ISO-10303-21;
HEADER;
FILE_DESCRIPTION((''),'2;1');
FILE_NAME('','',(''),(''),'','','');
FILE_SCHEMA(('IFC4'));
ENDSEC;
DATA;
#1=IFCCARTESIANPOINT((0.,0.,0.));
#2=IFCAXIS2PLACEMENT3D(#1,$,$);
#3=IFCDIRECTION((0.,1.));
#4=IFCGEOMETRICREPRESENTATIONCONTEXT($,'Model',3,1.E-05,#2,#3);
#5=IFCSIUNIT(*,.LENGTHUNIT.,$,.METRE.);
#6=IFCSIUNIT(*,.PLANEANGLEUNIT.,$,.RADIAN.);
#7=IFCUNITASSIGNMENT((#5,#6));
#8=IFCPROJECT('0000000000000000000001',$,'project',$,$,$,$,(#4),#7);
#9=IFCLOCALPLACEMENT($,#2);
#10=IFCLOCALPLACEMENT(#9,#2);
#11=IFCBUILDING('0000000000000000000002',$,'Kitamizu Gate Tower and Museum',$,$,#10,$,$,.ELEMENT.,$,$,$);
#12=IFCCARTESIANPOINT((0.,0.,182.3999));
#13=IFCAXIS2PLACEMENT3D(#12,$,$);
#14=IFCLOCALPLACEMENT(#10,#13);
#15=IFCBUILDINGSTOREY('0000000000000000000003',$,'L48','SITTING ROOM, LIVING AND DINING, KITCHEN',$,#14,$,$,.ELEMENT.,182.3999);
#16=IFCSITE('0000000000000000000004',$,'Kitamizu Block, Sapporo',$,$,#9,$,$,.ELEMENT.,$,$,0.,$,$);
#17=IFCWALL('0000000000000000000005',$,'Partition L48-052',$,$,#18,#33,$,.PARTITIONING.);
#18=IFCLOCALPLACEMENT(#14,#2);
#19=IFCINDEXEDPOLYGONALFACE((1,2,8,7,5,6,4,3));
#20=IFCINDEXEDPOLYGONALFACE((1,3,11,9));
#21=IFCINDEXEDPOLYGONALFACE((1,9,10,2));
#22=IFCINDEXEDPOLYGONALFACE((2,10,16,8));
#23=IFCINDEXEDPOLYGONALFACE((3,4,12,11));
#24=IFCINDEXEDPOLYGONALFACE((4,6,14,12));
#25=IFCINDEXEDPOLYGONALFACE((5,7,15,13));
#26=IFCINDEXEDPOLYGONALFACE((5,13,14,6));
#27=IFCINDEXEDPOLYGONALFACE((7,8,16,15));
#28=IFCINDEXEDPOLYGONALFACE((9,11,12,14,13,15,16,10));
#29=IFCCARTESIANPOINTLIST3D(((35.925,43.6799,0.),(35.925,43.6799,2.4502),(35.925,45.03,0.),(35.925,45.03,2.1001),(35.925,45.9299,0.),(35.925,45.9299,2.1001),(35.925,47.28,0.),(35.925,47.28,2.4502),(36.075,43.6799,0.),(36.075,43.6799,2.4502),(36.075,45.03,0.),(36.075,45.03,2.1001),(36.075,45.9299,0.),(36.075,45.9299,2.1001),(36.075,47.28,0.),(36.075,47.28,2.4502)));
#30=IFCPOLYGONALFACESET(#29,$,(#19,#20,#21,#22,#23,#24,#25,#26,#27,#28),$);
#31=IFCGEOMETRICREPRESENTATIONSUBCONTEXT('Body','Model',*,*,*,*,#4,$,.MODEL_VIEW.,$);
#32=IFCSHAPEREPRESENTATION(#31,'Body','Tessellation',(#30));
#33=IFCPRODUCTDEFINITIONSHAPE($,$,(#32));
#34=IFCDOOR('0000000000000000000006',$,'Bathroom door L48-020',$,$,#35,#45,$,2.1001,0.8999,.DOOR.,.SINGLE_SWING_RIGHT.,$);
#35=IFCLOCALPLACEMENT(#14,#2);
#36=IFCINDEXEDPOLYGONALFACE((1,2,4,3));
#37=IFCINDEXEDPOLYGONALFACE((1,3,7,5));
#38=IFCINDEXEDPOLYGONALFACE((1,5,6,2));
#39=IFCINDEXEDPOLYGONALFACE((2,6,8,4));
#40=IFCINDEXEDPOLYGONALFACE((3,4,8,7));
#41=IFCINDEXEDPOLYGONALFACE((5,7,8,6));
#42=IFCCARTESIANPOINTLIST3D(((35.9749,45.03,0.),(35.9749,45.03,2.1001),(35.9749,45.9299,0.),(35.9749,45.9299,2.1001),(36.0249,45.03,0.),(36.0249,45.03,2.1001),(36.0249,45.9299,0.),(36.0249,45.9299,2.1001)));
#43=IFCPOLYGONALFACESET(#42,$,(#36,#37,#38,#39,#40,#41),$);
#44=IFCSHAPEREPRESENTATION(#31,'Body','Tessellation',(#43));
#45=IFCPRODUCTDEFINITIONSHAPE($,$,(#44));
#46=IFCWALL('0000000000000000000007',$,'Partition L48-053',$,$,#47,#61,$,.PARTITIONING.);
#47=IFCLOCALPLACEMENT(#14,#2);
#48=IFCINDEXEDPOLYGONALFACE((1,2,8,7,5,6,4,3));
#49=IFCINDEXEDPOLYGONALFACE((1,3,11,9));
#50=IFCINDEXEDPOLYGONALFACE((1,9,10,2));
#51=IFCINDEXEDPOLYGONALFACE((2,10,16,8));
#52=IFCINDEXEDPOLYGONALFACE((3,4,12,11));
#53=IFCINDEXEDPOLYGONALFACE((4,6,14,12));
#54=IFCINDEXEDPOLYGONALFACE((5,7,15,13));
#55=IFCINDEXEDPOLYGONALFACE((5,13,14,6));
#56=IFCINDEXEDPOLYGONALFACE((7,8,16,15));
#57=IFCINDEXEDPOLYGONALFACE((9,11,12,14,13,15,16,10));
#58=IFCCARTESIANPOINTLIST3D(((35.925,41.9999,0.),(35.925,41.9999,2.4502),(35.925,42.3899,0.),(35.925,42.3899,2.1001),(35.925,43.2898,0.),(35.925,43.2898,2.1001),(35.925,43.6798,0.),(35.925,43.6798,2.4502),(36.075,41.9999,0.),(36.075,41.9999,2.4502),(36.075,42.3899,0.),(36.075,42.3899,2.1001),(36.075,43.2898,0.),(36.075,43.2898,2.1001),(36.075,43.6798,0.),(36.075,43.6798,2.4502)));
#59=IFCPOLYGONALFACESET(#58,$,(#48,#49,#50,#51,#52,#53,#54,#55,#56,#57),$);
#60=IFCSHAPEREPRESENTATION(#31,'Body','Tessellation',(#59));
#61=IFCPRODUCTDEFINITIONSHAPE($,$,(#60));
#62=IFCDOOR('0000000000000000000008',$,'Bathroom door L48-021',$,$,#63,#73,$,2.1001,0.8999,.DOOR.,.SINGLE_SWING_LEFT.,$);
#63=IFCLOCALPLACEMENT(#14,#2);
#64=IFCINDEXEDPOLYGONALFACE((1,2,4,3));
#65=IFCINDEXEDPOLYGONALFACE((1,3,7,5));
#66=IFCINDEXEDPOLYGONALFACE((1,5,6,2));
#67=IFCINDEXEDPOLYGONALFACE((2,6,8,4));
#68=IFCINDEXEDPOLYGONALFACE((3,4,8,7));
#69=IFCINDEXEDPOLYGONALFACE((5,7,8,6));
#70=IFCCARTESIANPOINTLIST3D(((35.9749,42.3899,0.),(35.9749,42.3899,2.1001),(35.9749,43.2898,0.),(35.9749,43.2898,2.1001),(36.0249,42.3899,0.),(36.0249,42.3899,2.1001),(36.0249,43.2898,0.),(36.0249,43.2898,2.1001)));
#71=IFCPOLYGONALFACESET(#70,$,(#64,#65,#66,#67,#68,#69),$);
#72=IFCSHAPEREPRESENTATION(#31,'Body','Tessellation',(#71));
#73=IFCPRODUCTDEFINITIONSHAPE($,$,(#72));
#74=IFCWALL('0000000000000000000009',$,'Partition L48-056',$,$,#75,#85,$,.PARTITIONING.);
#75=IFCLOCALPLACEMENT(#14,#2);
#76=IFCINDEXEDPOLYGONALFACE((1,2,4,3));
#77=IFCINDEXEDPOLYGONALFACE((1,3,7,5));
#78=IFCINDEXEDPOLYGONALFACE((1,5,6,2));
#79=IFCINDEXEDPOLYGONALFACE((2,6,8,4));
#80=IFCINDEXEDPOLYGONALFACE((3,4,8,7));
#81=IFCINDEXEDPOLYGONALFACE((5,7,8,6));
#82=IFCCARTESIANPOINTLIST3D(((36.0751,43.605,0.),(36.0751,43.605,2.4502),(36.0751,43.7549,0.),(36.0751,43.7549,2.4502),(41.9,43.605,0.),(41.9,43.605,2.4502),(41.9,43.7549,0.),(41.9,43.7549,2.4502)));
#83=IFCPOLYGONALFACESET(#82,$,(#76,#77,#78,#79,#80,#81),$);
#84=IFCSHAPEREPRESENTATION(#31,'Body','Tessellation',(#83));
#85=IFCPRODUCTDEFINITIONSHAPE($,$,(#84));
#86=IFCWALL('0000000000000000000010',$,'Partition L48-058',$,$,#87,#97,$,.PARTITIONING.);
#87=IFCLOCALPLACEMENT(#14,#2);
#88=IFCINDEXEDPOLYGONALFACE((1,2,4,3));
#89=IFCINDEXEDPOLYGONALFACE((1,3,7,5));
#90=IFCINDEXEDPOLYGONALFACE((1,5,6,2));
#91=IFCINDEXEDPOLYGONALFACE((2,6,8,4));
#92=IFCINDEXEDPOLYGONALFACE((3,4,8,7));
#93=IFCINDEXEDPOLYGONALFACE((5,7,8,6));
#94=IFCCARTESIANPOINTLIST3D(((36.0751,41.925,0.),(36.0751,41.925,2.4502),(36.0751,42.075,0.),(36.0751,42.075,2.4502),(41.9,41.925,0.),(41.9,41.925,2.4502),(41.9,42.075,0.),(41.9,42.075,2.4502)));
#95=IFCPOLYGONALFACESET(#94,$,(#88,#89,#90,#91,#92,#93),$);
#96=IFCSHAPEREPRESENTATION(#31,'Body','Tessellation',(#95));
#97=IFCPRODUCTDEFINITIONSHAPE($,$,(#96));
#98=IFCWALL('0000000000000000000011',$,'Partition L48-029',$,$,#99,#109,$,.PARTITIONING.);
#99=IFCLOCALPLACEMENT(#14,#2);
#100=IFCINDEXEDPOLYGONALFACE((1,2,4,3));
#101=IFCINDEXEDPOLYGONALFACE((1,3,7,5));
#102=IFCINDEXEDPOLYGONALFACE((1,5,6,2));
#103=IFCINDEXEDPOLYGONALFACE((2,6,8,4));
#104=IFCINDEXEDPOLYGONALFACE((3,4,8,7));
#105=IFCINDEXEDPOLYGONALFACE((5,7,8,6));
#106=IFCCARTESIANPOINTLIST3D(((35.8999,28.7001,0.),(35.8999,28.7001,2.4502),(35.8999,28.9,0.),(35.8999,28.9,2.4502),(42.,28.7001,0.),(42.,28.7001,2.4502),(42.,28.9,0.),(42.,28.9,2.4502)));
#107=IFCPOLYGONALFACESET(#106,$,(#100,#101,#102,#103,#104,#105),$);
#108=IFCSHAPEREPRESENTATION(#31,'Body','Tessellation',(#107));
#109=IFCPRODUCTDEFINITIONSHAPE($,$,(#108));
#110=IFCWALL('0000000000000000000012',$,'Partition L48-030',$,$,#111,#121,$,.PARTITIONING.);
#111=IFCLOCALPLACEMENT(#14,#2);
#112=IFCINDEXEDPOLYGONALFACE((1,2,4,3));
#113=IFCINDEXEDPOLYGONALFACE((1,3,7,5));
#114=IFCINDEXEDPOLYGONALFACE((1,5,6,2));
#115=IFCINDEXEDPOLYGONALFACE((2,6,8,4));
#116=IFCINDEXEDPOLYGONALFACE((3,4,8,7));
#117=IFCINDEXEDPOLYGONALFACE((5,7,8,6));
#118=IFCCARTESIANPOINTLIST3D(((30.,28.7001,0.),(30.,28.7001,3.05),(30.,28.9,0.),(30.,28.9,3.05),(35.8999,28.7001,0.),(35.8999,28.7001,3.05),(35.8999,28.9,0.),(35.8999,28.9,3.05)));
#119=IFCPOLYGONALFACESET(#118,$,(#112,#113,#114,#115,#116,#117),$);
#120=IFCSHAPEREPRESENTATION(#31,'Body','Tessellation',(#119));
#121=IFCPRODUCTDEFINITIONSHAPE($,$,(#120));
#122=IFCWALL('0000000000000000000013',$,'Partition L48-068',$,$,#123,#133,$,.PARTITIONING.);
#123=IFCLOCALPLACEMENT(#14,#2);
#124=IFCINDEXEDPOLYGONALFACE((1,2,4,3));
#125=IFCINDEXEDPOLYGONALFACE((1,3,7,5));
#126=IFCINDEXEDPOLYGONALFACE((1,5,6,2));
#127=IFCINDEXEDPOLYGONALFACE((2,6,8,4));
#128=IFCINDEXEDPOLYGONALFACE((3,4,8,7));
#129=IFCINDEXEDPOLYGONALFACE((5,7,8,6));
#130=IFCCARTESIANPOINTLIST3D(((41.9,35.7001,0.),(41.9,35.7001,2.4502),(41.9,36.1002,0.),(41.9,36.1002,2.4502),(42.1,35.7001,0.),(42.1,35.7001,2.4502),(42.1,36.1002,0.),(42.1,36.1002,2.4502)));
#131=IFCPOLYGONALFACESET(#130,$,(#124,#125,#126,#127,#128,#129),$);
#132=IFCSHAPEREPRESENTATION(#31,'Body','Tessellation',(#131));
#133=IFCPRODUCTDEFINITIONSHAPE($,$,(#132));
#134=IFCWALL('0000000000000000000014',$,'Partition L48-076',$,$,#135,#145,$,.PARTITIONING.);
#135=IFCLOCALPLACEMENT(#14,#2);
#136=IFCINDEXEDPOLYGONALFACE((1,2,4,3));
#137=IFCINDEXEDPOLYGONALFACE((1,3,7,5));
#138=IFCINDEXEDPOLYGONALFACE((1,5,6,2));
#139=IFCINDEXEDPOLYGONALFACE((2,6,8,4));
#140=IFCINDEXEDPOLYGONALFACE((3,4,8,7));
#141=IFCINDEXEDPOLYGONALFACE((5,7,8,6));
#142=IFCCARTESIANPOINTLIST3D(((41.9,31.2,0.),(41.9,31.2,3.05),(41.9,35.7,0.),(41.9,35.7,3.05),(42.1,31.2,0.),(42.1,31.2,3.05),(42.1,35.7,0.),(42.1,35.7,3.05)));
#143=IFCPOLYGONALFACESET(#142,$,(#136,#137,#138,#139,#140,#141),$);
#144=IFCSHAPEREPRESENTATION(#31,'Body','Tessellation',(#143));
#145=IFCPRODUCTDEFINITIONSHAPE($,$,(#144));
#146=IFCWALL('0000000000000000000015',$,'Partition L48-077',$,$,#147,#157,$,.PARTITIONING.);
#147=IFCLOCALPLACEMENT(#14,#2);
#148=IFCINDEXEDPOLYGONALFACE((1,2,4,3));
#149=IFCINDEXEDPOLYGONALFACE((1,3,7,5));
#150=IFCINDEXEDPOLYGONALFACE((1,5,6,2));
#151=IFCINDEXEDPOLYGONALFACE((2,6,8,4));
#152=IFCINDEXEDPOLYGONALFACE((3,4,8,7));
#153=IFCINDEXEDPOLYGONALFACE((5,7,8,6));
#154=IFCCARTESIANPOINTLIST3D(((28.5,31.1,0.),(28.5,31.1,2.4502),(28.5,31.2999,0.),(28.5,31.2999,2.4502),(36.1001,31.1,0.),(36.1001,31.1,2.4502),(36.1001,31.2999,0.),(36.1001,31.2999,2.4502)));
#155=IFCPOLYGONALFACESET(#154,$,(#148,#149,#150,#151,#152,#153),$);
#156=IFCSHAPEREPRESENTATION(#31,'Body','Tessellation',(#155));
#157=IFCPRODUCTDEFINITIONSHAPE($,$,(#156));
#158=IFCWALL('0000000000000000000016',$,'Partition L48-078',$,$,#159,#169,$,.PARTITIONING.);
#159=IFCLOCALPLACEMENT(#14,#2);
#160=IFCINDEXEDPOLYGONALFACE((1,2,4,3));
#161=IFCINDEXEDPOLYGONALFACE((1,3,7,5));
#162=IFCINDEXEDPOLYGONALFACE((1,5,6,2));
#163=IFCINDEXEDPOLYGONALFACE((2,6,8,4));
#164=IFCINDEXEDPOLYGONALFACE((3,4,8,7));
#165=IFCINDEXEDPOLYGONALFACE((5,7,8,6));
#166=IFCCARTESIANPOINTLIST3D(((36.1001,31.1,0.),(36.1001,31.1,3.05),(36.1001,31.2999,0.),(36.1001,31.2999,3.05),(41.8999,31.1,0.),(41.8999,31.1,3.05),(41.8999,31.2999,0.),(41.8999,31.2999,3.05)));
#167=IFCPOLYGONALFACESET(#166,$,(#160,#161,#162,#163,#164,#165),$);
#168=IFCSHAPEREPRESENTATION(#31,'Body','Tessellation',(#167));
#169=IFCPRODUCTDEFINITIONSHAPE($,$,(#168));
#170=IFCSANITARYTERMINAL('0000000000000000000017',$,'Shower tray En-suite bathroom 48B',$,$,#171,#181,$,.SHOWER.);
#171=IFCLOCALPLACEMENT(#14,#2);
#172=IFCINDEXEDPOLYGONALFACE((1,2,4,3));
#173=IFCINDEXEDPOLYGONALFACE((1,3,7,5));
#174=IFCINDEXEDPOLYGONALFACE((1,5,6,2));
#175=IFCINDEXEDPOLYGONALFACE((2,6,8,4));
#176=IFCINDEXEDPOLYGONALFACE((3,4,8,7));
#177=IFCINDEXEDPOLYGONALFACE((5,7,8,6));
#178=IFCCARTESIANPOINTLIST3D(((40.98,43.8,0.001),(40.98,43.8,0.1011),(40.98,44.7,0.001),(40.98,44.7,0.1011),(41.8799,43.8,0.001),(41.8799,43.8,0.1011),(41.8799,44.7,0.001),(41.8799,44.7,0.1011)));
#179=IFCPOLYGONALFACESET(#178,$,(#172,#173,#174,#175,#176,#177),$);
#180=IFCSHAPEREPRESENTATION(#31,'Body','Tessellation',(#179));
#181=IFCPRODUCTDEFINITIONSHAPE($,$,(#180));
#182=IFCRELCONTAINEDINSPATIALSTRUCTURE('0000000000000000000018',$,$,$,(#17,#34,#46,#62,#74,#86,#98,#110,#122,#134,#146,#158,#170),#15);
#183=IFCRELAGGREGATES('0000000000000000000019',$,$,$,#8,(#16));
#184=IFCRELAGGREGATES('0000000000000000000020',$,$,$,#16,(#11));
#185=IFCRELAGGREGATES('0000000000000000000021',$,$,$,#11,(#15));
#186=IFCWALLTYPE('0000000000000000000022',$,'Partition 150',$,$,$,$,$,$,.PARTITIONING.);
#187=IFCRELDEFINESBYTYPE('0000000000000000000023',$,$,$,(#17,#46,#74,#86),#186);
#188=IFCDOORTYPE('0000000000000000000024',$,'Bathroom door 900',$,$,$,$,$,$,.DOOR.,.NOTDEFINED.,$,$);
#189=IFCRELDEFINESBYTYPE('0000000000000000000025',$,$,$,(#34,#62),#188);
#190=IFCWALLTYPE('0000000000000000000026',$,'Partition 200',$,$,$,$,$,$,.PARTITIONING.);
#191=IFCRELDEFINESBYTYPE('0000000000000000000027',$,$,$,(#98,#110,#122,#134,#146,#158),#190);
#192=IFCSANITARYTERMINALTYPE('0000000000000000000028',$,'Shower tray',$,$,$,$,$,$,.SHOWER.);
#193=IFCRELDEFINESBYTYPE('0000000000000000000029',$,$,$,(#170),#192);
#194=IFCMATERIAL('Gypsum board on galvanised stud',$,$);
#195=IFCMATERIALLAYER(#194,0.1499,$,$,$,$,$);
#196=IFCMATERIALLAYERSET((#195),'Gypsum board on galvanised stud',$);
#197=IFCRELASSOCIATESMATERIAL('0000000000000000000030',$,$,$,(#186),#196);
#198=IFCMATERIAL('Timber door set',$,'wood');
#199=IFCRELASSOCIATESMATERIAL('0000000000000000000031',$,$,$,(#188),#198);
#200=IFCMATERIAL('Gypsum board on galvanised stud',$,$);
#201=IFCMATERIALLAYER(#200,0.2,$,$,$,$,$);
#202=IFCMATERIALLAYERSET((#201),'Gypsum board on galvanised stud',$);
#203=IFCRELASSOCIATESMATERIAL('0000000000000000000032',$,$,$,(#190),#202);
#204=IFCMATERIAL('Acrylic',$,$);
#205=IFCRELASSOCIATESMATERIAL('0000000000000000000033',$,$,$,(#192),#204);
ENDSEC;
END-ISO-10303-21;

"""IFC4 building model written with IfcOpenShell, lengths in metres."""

from ifc_helpers import new_model, si_unit, direction, frame, frame_2d, origin, origin_2d, place, context, subcontext, project, spatial, rectangle, extrude, material, layer, layer_set, type_object, element, fill, save


model = new_model("IFC4")

# Units and contexts
model_context = context("Model", 3, precision=1e-05, world=origin(), true_north=direction((0.0, 1.0)))
body_context = subcontext(model_context, "Body", "Model", "MODEL_VIEW")
ifc_project = project(units=[si_unit("LENGTHUNIT", "METRE"), si_unit("PLANEANGLEUNIT", "RADIAN")], contexts=[model_context])

# Site, building, storey
site_placement = place(None, origin())
site = spatial("IfcSite", under=ifc_project, at=site_placement, Name="Kitamizu Block, Sapporo", CompositionType="ELEMENT", RefElevation=0.0)
building_placement = place(site_placement, origin())
building = spatial("IfcBuilding", under=site, at=building_placement, Name="Kitamizu Gate Tower and Museum", CompositionType="ELEMENT")
storey_placement = place(building_placement, frame((0.0, 0.0, 182.3999)))
storey = spatial("IfcBuildingStorey", under=building, at=storey_placement, Name="L48", Description="SITTING ROOM, LIVING AND DINING, KITCHEN", CompositionType="ELEMENT", Elevation=182.3999)

# Walls, openings, doors
ifc_material_1 = material(Name="Gypsum board on galvanised stud")
ifc_layer_1 = layer(ifc_material_1, 0.1499)
ifc_layer_set_1 = layer_set([ifc_layer_1], Name="Gypsum board on galvanised stud")
wall_type_1 = type_object("IfcWallType", Name="Partition 150", PredefinedType="PARTITIONING", material=ifc_layer_set_1)
wall_1_placement = place(storey_placement, frame((36.0, 43.6799, 0.0), z_axis=(0.0, 0.0, 1.0), x_axis=(0.0, 1.0, 0.0)))
wall_1 = element("IfcWall", 1, at=wall_1_placement, inside=storey, type_object=wall_type_1, Name="Partition L48-052", PredefinedType="PARTITIONING", context=body_context, shape_type="SweptSolid", body=[
    extrude(rectangle(XDim=3.6001, YDim=0.1499, at=frame_2d((1.8, 0.0))), origin(), (0.0, 0.0, 1.0), 2.4502),
])
opening_1_placement = place(wall_1_placement, frame((1.3501, 0.0, 0.0)))
opening_1 = element("IfcOpeningElement", 2, at=opening_1_placement, cuts=wall_1, PredefinedType="OPENING", context=body_context, shape_type="SweptSolid", body=[
    extrude(rectangle(XDim=0.8999, YDim=2.1001, at=frame_2d((0.45, 1.05))), frame((0.0, 0.085, 0.0), z_axis=(0.0, -1.0, 0.0), x_axis=(1.0, 0.0, 0.0)), (0.0, 0.0, 1.0), 0.1699),
])
ifc_material_2 = material(Name="Timber door set", Category="wood")
door_type_1 = type_object("IfcDoorType", Name="Bathroom door 900", OperationType="NOTDEFINED", PredefinedType="DOOR", material=ifc_material_2)
door_1_placement = place(opening_1_placement, frame((0.8999, 0.0, 0.0), x_axis=(-1.0, 0.0, 0.0)))
door_1 = element("IfcDoor", 3, at=door_1_placement, inside=storey, type_object=door_type_1, Name="Bathroom door L48-020", OperationType="SINGLE_SWING_RIGHT", OverallHeight=2.1001, OverallWidth=0.8999, PredefinedType="DOOR", context=body_context, shape_type="SweptSolid", body=[
    extrude(rectangle(XDim=0.8999, YDim=2.1001, at=frame_2d((0.45, 1.05))), frame((0.0, 0.0249, 0.0), z_axis=(0.0, -1.0, 0.0), x_axis=(1.0, 0.0, 0.0)), (0.0, 0.0, 1.0), 0.05),
])
fill(opening_1, door_1)
wall_2_placement = place(storey_placement, frame((36.0, 42.0, 0.0), z_axis=(0.0, 0.0, 1.0), x_axis=(0.0, 1.0, 0.0)))
wall_2 = element("IfcWall", 4, at=wall_2_placement, inside=storey, type_object=wall_type_1, Name="Partition L48-053", PredefinedType="PARTITIONING", context=body_context, shape_type="SweptSolid", body=[
    extrude(rectangle(XDim=1.6799, YDim=0.1499, at=frame_2d((0.8398, 0.0))), origin(), (0.0, 0.0, 1.0), 2.4502),
])
opening_2_placement = place(wall_2_placement, frame((0.3899, 0.0, 0.0)))
opening_2 = element("IfcOpeningElement", 5, at=opening_2_placement, cuts=wall_2, PredefinedType="OPENING", context=body_context, shape_type="SweptSolid", body=[
    extrude(rectangle(XDim=0.8999, YDim=2.1001, at=frame_2d((0.45, 1.05))), frame((0.0, 0.085, 0.0), z_axis=(0.0, -1.0, 0.0), x_axis=(1.0, 0.0, 0.0)), (0.0, 0.0, 1.0), 0.1699),
])
door_2_placement = place(opening_2_placement, frame((0.8999, 0.0, 0.0), x_axis=(-1.0, 0.0, 0.0)))
door_2 = element("IfcDoor", 6, at=door_2_placement, inside=storey, type_object=door_type_1, Name="Bathroom door L48-021", OperationType="SINGLE_SWING_LEFT", OverallHeight=2.1001, OverallWidth=0.8999, PredefinedType="DOOR", context=body_context, shape_type="SweptSolid", body=[
    extrude(rectangle(XDim=0.8999, YDim=2.1001, at=frame_2d((0.45, 1.05))), frame((0.0, 0.0249, 0.0), z_axis=(0.0, -1.0, 0.0), x_axis=(1.0, 0.0, 0.0)), (0.0, 0.0, 1.0), 0.05),
])
fill(opening_2, door_2)

# Walls
for number, where, z_axis, x_axis, name in (
    (7, (36.075, 43.6799, 0.0), (0.0, 0.0, 1.0), (1.0, 0.0, 0.0), "Partition L48-056"),
    (8, (36.075, 42.0, 0.0), (0.0, 0.0, 1.0), (1.0, 0.0, 0.0), "Partition L48-058"),
):
    element("IfcWall", number, at=place(storey_placement, frame(where, z_axis=z_axis, x_axis=x_axis)), inside=storey, type_object=wall_type_1, Name=name, PredefinedType="PARTITIONING", context=body_context, shape_type="SweptSolid", body=[
        extrude(rectangle(XDim=5.825, YDim=0.1499, at=frame_2d((2.9126, 0.0))), origin(), (0.0, 0.0, 1.0), 2.4502),
    ])
ifc_material_3 = material(Name="Gypsum board on galvanised stud")
ifc_layer_2 = layer(ifc_material_3, 0.2)
ifc_layer_set_2 = layer_set([ifc_layer_2], Name="Gypsum board on galvanised stud")
wall_type_2 = type_object("IfcWallType", Name="Partition 200", PredefinedType="PARTITIONING", material=ifc_layer_set_2)
wall_3_placement = place(storey_placement, frame((42.0, 28.8, 0.0), z_axis=(0.0, 0.0, 1.0), x_axis=(-1.0, 0.0, 0.0)))
element("IfcWall", 9, at=wall_3_placement, inside=storey, type_object=wall_type_2, Name="Partition L48-029", PredefinedType="PARTITIONING", context=body_context, shape_type="SweptSolid", body=[
    extrude(rectangle(XDim=6.1001, YDim=0.2, at=frame_2d((3.05, 0.0))), origin(), (0.0, 0.0, 1.0), 2.4502),
])
wall_4_placement = place(storey_placement, frame((35.8999, 28.8, 0.0), z_axis=(0.0, 0.0, 1.0), x_axis=(-1.0, 0.0, 0.0)))
element("IfcWall", 10, at=wall_4_placement, inside=storey, type_object=wall_type_2, Name="Partition L48-030", PredefinedType="PARTITIONING", context=body_context, shape_type="SweptSolid", body=[
    extrude(rectangle(XDim=5.8999, YDim=0.2, at=frame_2d((2.95, 0.0))), origin(), (0.0, 0.0, 1.0), 3.05),
])
wall_5_placement = place(storey_placement, frame((42.0, 35.7, 0.0), z_axis=(0.0, 0.0, 1.0), x_axis=(0.0, 1.0, 0.0)))
element("IfcWall", 11, at=wall_5_placement, inside=storey, type_object=wall_type_2, Name="Partition L48-068", PredefinedType="PARTITIONING", context=body_context, shape_type="SweptSolid", body=[
    extrude(rectangle(XDim=0.4001, YDim=0.2, at=frame_2d((0.2002, 0.0))), origin(), (0.0, 0.0, 1.0), 2.4502),
])
wall_6_placement = place(storey_placement, frame((42.0, 31.2, 0.0), z_axis=(0.0, 0.0, 1.0), x_axis=(0.0, 1.0, 0.0)))
element("IfcWall", 12, at=wall_6_placement, inside=storey, type_object=wall_type_2, Name="Partition L48-076", PredefinedType="PARTITIONING", context=body_context, shape_type="SweptSolid", body=[
    extrude(rectangle(XDim=4.5, YDim=0.2, at=frame_2d((2.25, 0.0))), origin(), (0.0, 0.0, 1.0), 3.05),
])
wall_7_placement = place(storey_placement, frame((28.5, 31.2, 0.0), z_axis=(0.0, 0.0, 1.0), x_axis=(1.0, 0.0, 0.0)))
element("IfcWall", 13, at=wall_7_placement, inside=storey, type_object=wall_type_2, Name="Partition L48-077", PredefinedType="PARTITIONING", context=body_context, shape_type="SweptSolid", body=[
    extrude(rectangle(XDim=7.6001, YDim=0.2, at=frame_2d((3.8, 0.0))), origin(), (0.0, 0.0, 1.0), 2.4502),
])
wall_8_placement = place(storey_placement, frame((36.1001, 31.2, 0.0), z_axis=(0.0, 0.0, 1.0), x_axis=(1.0, 0.0, 0.0)))
element("IfcWall", 14, at=wall_8_placement, inside=storey, type_object=wall_type_2, Name="Partition L48-078", PredefinedType="PARTITIONING", context=body_context, shape_type="SweptSolid", body=[
    extrude(rectangle(XDim=5.7998, YDim=0.2, at=frame_2d((2.8999, 0.0))), origin(), (0.0, 0.0, 1.0), 3.05),
])

# Sanitary terminal
ifc_material_4 = material(Name="Acrylic")
sanitary_terminal_type_1 = type_object("IfcSanitaryTerminalType", Name="Shower tray", PredefinedType="SHOWER", material=ifc_material_4)
sanitary_terminal_1_placement = place(storey_placement, frame((41.4299, 44.25, 0.001), z_axis=(0.0, 0.0, 1.0), x_axis=(1.0, 0.0, 0.0)))
element("IfcSanitaryTerminal", 15, at=sanitary_terminal_1_placement, inside=storey, type_object=sanitary_terminal_type_1, Name="Shower tray En-suite bathroom 48B", PredefinedType="SHOWER", context=body_context, shape_type="SweptSolid", body=[
    extrude(rectangle(XDim=0.8999, YDim=0.8999, at=origin_2d()), origin(), (0.0, 0.0, 1.0), 0.1001),
])

save(model, "model.ifc")
